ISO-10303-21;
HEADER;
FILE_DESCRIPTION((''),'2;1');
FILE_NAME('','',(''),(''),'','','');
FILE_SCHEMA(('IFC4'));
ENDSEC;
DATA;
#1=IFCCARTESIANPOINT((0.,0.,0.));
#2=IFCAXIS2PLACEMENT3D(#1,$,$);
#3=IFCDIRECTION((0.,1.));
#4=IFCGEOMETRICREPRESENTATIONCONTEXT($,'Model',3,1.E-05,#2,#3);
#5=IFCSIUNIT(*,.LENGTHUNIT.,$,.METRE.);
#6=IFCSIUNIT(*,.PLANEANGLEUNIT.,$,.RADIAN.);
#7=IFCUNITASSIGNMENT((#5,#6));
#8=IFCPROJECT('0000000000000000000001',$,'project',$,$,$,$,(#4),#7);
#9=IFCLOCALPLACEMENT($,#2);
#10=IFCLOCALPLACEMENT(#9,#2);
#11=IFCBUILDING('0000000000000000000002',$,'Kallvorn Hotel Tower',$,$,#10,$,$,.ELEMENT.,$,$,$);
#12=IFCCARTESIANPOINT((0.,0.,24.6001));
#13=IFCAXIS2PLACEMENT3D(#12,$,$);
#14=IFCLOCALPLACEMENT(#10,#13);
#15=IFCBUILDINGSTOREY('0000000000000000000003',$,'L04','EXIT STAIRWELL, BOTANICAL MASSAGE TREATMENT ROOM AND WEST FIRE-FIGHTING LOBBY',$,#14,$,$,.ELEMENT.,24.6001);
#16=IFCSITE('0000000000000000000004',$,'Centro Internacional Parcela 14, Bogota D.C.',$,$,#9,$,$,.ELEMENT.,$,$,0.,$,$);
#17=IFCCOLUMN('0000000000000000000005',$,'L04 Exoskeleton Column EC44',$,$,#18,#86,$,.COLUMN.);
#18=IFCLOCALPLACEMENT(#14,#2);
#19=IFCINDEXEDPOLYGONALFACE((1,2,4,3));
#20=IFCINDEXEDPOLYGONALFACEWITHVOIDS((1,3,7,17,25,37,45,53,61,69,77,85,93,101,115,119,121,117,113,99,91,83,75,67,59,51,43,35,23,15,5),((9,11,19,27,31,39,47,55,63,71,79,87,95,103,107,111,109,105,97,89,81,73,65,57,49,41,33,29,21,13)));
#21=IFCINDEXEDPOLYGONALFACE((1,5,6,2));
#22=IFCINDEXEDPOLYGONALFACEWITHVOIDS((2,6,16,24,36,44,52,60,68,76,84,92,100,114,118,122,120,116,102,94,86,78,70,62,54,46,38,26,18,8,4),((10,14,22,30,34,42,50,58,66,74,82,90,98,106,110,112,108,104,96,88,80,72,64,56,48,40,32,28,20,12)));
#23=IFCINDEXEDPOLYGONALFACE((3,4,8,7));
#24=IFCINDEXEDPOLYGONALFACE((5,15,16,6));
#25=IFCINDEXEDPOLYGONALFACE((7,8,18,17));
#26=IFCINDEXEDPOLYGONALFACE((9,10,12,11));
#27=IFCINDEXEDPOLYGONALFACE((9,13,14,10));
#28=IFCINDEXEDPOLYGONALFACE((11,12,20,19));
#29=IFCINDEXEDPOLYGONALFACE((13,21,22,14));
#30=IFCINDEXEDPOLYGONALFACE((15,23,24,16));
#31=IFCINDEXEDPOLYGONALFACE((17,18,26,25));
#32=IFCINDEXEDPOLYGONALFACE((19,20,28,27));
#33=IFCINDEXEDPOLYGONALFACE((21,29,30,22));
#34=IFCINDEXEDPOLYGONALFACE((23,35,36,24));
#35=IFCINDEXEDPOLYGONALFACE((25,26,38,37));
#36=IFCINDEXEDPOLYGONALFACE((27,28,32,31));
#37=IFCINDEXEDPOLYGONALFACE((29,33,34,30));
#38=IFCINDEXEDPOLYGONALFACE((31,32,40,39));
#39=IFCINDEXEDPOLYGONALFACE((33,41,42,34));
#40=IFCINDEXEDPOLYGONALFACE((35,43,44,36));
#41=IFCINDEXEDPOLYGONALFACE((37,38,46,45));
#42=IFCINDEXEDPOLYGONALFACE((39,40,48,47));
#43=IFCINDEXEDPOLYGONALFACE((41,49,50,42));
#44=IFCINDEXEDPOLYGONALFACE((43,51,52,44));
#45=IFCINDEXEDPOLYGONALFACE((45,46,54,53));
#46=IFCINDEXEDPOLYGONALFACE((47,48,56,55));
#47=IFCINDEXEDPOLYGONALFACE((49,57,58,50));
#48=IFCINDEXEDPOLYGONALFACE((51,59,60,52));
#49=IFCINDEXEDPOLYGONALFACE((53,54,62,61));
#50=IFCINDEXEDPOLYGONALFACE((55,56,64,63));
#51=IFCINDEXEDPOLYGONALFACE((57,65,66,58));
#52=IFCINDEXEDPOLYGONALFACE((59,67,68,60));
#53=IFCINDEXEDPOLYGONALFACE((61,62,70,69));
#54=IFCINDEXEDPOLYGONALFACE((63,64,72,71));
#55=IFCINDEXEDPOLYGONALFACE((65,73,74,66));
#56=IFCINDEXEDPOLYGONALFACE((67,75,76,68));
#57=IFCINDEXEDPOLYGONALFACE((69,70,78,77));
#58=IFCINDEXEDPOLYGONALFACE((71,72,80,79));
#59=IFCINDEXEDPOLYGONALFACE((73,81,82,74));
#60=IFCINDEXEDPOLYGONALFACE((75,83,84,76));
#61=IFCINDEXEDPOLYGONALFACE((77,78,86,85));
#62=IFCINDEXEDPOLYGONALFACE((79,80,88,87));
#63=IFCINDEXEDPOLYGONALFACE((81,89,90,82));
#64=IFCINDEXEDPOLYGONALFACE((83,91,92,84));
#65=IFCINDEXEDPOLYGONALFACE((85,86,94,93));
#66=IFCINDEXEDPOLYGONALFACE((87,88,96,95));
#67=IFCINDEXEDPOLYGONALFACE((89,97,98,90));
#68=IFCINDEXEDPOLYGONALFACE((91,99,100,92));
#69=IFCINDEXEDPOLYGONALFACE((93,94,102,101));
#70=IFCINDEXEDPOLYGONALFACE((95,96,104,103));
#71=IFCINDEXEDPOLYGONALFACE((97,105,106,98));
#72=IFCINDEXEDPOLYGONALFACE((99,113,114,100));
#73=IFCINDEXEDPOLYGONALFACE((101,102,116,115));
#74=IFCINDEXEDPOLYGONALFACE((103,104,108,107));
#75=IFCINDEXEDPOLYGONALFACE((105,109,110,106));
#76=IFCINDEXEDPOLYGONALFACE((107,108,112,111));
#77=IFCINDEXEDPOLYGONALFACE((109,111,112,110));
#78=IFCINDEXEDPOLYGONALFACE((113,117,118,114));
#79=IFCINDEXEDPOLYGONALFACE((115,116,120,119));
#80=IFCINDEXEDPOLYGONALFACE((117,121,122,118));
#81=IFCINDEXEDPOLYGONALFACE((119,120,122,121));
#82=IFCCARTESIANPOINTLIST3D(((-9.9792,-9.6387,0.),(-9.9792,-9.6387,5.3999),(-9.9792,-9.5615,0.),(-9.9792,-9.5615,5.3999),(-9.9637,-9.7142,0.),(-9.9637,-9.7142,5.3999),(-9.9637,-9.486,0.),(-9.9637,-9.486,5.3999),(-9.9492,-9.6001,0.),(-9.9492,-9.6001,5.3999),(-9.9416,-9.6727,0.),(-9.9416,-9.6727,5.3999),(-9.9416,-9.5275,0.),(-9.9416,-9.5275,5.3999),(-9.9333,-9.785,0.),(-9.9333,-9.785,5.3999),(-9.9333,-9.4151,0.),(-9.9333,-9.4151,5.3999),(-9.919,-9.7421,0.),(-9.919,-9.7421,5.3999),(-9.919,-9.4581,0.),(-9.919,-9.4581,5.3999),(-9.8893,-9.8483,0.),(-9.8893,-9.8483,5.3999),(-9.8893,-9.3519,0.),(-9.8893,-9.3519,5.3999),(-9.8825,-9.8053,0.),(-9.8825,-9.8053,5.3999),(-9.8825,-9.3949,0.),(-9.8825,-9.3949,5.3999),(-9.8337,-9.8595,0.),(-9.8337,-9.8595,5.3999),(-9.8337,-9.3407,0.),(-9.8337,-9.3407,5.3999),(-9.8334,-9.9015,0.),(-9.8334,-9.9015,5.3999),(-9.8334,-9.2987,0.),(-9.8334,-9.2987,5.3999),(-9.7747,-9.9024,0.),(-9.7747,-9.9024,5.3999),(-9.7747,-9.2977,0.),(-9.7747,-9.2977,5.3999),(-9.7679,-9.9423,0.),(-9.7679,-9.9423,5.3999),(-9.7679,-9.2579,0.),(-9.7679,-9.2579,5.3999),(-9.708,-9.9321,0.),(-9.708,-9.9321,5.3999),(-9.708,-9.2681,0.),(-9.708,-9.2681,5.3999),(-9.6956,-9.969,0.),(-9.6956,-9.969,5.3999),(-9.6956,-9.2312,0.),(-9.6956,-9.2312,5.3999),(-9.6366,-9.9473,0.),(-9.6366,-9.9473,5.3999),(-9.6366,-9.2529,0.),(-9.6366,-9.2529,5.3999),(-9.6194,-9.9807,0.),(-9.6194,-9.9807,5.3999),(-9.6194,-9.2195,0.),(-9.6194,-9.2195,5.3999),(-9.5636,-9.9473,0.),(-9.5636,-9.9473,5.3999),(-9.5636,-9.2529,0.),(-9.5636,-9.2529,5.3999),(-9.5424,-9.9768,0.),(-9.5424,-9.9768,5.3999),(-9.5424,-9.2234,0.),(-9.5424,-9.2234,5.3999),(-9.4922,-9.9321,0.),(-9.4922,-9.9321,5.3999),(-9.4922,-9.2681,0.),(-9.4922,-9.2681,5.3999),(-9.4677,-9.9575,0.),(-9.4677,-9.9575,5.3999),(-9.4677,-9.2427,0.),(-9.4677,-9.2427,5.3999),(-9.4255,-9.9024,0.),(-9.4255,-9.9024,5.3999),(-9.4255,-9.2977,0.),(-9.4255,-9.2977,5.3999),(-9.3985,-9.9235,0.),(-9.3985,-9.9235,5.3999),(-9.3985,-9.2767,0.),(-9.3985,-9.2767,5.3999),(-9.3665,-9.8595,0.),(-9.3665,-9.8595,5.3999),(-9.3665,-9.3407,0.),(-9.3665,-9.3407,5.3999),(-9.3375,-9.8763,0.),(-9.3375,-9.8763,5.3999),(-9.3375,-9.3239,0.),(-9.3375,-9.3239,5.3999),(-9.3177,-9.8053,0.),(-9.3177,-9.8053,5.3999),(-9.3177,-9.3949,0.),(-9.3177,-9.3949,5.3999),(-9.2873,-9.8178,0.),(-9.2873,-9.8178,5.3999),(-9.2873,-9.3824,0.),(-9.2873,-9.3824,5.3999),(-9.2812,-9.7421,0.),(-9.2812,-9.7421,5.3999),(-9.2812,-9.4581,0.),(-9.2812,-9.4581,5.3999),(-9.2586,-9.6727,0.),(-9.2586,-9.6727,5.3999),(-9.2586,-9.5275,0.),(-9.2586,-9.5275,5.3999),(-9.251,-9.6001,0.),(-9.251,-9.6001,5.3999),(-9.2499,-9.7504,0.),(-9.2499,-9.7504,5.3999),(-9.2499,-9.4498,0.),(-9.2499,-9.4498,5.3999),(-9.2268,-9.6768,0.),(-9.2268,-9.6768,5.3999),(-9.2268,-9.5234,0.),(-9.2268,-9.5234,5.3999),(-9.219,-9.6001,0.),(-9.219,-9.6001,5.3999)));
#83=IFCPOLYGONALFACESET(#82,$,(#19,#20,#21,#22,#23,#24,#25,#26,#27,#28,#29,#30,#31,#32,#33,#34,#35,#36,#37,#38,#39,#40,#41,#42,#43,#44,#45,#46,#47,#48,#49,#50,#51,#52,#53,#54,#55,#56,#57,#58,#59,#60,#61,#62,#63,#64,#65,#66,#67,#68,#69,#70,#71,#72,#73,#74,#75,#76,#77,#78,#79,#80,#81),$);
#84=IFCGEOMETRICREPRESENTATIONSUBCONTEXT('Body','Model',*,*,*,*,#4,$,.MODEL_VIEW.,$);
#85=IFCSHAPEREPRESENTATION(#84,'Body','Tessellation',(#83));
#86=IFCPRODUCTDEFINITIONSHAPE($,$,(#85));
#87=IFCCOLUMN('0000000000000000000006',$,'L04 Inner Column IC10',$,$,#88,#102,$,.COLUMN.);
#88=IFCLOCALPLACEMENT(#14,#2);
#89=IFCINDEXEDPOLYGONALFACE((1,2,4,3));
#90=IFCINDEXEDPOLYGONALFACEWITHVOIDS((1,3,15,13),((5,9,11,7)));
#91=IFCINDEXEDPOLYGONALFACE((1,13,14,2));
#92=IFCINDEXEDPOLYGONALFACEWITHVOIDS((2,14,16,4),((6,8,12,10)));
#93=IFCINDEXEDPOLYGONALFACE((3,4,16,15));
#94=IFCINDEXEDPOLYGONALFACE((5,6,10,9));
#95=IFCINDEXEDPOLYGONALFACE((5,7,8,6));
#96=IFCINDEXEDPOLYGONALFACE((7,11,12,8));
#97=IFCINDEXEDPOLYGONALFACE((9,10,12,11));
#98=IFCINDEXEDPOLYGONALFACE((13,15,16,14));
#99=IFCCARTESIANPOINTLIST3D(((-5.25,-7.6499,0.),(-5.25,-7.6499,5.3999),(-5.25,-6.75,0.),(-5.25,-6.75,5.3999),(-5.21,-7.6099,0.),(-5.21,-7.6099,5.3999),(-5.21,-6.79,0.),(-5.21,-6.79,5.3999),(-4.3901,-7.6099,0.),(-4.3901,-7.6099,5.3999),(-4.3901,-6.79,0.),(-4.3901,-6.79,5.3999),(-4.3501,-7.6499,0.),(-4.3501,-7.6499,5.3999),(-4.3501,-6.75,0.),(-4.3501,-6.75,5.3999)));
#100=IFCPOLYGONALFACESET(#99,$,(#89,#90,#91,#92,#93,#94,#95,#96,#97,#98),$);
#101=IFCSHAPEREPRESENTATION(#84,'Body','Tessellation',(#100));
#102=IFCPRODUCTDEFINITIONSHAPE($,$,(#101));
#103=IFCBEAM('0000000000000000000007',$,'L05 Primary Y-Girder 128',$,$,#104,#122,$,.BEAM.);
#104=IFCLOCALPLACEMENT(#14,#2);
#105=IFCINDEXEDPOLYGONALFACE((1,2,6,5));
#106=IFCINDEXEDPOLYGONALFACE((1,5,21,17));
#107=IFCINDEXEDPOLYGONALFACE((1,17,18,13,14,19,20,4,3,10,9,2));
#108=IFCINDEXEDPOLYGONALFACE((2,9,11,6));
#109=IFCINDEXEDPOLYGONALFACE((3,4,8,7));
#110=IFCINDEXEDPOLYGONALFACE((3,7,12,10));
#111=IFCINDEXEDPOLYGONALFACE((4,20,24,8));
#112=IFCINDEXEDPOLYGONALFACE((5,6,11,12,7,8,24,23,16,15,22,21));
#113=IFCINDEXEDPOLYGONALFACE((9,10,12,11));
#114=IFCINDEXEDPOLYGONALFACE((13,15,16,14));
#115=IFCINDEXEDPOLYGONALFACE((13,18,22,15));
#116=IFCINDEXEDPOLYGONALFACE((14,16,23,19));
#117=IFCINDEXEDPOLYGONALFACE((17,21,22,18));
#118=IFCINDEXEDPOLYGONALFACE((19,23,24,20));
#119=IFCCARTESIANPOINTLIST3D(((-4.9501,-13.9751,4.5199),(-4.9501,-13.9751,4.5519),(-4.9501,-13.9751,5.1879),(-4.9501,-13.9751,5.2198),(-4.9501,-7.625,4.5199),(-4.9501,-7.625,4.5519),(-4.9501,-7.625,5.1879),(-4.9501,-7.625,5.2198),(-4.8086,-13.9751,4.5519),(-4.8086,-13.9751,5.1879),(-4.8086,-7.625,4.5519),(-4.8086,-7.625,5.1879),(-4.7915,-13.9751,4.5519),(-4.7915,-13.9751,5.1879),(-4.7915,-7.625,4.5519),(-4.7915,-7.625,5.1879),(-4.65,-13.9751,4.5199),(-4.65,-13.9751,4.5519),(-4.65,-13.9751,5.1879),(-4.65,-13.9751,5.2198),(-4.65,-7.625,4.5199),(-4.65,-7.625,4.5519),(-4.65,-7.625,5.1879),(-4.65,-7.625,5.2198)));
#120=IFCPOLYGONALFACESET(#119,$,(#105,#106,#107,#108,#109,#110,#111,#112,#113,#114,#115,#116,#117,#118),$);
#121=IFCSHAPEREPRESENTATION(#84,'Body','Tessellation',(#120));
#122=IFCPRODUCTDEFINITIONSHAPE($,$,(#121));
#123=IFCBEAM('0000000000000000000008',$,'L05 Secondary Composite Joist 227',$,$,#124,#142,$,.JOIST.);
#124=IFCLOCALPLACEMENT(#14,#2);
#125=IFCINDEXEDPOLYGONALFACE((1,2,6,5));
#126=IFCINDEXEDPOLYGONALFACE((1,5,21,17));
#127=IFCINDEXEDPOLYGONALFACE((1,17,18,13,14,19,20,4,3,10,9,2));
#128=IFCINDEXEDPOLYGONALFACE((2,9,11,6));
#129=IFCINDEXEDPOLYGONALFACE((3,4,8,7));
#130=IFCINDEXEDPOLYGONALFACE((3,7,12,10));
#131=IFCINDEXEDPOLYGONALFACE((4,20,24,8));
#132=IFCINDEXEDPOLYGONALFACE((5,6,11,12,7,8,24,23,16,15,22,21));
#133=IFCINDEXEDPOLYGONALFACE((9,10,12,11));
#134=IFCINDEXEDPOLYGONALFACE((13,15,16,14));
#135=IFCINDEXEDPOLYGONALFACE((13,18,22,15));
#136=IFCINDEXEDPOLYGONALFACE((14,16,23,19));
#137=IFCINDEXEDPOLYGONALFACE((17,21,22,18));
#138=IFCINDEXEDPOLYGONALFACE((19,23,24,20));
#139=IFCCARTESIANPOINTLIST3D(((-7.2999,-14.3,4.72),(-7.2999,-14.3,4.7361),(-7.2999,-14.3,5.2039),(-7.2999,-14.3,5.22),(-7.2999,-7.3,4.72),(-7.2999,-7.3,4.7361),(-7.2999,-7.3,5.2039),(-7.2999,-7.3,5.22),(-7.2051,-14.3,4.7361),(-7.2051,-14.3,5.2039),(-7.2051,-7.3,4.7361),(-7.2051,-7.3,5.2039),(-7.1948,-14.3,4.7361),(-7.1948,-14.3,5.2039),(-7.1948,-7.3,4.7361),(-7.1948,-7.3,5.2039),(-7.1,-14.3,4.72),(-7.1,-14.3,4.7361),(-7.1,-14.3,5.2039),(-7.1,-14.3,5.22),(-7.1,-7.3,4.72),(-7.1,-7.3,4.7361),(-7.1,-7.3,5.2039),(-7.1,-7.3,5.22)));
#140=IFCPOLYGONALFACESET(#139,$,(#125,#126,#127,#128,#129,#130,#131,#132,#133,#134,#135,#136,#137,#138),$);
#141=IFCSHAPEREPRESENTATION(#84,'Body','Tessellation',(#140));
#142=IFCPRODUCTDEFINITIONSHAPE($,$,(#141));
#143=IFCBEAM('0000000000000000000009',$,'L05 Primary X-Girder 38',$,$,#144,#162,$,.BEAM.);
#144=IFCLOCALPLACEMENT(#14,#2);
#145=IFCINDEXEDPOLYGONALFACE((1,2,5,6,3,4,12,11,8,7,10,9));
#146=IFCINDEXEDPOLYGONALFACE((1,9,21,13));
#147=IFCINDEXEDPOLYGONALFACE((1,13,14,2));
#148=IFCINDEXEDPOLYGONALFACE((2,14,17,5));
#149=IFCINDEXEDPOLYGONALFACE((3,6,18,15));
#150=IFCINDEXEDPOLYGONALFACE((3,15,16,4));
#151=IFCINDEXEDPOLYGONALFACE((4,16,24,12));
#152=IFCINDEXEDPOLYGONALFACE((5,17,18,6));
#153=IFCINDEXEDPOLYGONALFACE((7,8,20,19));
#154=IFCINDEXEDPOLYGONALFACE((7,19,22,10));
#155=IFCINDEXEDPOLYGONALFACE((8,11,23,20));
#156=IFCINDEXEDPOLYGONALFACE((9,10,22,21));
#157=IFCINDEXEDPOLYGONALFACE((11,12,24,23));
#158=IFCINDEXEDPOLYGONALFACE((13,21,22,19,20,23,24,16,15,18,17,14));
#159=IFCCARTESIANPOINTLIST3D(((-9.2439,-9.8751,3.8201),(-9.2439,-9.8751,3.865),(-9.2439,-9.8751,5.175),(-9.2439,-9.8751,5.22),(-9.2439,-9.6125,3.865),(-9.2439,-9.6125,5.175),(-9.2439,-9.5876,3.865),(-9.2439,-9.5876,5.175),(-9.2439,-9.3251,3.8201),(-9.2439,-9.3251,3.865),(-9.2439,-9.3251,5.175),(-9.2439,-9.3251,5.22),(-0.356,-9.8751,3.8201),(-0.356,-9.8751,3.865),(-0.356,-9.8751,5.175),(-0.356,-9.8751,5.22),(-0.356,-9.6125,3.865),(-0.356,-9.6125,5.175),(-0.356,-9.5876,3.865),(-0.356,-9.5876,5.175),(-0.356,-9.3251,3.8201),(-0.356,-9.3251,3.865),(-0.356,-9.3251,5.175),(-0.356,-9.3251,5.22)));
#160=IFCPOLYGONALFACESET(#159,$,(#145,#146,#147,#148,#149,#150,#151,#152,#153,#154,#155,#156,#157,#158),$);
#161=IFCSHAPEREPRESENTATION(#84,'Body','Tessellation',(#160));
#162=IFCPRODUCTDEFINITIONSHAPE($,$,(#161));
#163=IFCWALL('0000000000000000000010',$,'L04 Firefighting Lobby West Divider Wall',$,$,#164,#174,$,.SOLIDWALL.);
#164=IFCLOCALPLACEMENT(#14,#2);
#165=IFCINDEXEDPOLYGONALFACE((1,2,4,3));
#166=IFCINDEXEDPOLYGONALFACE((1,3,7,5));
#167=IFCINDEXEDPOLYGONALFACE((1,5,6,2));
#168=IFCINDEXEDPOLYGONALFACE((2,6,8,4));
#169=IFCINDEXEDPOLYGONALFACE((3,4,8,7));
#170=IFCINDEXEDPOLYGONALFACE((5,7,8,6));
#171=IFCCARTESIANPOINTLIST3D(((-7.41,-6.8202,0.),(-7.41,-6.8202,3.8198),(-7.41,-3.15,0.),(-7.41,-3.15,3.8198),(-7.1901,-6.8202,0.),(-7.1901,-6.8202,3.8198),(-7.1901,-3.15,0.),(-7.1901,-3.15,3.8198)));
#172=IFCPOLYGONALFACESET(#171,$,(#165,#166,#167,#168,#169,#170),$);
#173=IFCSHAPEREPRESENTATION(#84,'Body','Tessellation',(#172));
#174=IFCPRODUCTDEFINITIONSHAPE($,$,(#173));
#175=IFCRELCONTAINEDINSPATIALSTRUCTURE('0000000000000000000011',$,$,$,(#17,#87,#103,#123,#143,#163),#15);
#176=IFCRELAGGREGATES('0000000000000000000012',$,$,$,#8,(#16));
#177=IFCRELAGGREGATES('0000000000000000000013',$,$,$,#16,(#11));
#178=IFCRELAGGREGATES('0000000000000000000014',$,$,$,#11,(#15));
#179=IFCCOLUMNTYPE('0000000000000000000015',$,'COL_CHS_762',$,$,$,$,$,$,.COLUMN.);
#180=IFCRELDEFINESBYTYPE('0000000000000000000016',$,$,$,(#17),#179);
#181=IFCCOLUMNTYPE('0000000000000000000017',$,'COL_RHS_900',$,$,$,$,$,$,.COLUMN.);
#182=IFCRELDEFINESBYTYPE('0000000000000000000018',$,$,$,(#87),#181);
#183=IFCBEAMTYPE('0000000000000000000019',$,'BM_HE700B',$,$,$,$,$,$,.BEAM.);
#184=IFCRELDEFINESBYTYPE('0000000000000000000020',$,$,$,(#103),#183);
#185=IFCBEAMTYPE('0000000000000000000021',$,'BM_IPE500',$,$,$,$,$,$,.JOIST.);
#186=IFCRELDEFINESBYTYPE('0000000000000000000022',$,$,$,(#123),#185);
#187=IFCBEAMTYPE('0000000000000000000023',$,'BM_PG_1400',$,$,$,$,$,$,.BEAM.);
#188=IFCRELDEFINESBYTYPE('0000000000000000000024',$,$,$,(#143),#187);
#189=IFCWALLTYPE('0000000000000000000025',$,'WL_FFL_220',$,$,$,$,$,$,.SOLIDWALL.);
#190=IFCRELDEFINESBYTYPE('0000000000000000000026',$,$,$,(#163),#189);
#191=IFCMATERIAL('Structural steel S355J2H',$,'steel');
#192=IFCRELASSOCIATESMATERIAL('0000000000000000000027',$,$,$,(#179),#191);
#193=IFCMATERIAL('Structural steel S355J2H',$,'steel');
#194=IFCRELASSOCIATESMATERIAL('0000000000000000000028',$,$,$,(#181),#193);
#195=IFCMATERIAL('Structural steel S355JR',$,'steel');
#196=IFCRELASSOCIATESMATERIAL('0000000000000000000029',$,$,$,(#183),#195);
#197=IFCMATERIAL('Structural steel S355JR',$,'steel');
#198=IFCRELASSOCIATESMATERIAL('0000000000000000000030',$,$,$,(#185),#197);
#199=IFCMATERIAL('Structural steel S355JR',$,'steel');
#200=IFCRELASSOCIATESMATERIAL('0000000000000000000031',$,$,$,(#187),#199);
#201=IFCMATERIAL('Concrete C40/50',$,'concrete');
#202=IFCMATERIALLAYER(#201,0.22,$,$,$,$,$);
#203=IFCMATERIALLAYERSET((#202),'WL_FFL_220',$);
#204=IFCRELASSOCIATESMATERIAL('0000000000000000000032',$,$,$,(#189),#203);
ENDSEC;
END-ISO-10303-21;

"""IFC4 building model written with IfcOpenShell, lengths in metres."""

from ifc_helpers import new_model, si_unit, direction, frame, frame_2d, origin, origin_2d, place, context, subcontext, project, spatial, rectangle, hollow_rectangle, hollow_circle, i_section, extrude, material, layer, layer_set, material_profile, profile_set, type_object, element, save


model = new_model("IFC4")

# Units and contexts
model_context = context("Model", 3, precision=1e-05, world=origin(), true_north=direction((0.0, 1.0)))
body_context = subcontext(model_context, "Body", "Model", "MODEL_VIEW")
ifc_project = project(units=[si_unit("LENGTHUNIT", "METRE"), si_unit("PLANEANGLEUNIT", "RADIAN")], contexts=[model_context])

# Site, building, storey
site_placement = place(None, origin())
site = spatial("IfcSite", under=ifc_project, at=site_placement, Name="Centro Internacional Parcela 14, Bogota D.C.", CompositionType="ELEMENT", RefElevation=0.0)
building_placement = place(site_placement, origin())
building = spatial("IfcBuilding", under=site, at=building_placement, Name="Kallvorn Hotel Tower", CompositionType="ELEMENT")
storey_placement = place(building_placement, frame((0.0, 0.0, 24.6001)))
storey = spatial("IfcBuildingStorey", under=building, at=storey_placement, Name="L04", Description="EXIT STAIRWELL, BOTANICAL MASSAGE TREATMENT ROOM AND WEST FIRE-FIGHTING LOBBY", CompositionType="ELEMENT", Elevation=24.6001)

# Columns
ifc_material_1 = material(Name="Structural steel S355J2H", Category="steel")
ifc_material_profile_1 = material_profile(ifc_material_1, hollow_circle(Radius=0.3811, WallThickness=0.032, at=origin_2d()), Name="CHS 762x32")
ifc_profile_set_1 = profile_set([ifc_material_profile_1], Name="Structural steel S355J2H")
column_type_1 = type_object("IfcColumnType", Name="COL_CHS_762", PredefinedType="COLUMN", material=ifc_profile_set_1)
column_1_placement = place(storey_placement, frame((-9.6001, -9.6001, 0.0), z_axis=(0.0, 0.0, 1.0), x_axis=(1.0, 0.0, 0.0)))
element("IfcColumn", 1, at=column_1_placement, inside=storey, type_object=column_type_1, Name="L04 Exoskeleton Column EC44", PredefinedType="COLUMN", context=body_context, shape_type="SweptSolid", body=[
    extrude(hollow_circle(Radius=0.3811, WallThickness=0.032, at=origin_2d()), origin(), (0.0, 0.0, 1.0), 5.3999),
])
ifc_material_2 = material(Name="Structural steel S355J2H", Category="steel")
ifc_material_profile_2 = material_profile(ifc_material_2, hollow_rectangle(XDim=0.8999, YDim=0.8999, WallThickness=0.04, at=origin_2d()), Name="RHS 900x900x40")
ifc_profile_set_2 = profile_set([ifc_material_profile_2], Name="Structural steel S355J2H")
column_type_2 = type_object("IfcColumnType", Name="COL_RHS_900", PredefinedType="COLUMN", material=ifc_profile_set_2)
column_2_placement = place(storey_placement, frame((-4.8, -7.2, 0.0), z_axis=(0.0, 0.0, 1.0), x_axis=(1.0, 0.0, 0.0)))
element("IfcColumn", 2, at=column_2_placement, inside=storey, type_object=column_type_2, Name="L04 Inner Column IC10", PredefinedType="COLUMN", context=body_context, shape_type="SweptSolid", body=[
    extrude(hollow_rectangle(XDim=0.8999, YDim=0.8999, WallThickness=0.04, at=origin_2d()), origin(), (0.0, 0.0, 1.0), 5.3999),
])

# Beams
ifc_material_3 = material(Name="Structural steel S355JR", Category="steel")
ifc_material_profile_3 = material_profile(ifc_material_3, i_section(OverallWidth=0.3, OverallDepth=0.7, WebThickness=0.0171, FlangeThickness=0.032, at=origin_2d()), Name="HE 700 B")
ifc_profile_set_3 = profile_set([ifc_material_profile_3], Name="Structural steel S355JR")
beam_type_1 = type_object("IfcBeamType", Name="BM_HE700B", PredefinedType="BEAM", material=ifc_profile_set_3)
beam_1_placement = place(storey_placement, frame((-4.8, -13.9751, 4.8699), z_axis=(0.0, 1.0, 0.0), x_axis=(-1.0, 0.0, 0.0)))
element("IfcBeam", 3, at=beam_1_placement, inside=storey, type_object=beam_type_1, Name="L05 Primary Y-Girder 128", PredefinedType="BEAM", context=body_context, shape_type="SweptSolid", body=[
    extrude(i_section(OverallWidth=0.3, OverallDepth=0.7, WebThickness=0.0171, FlangeThickness=0.032, at=origin_2d()), origin(), (0.0, 0.0, 1.0), 6.3501),
])
ifc_material_4 = material(Name="Structural steel S355JR", Category="steel")
ifc_material_profile_4 = material_profile(ifc_material_4, i_section(OverallWidth=0.2, OverallDepth=0.5, WebThickness=0.0103, FlangeThickness=0.0161, at=origin_2d()), Name="IPE 500")
ifc_profile_set_4 = profile_set([ifc_material_profile_4], Name="Structural steel S355JR")
beam_type_2 = type_object("IfcBeamType", Name="BM_IPE500", PredefinedType="JOIST", material=ifc_profile_set_4)
beam_2_placement = place(storey_placement, frame((-7.2, -14.3, 4.97), z_axis=(0.0, 1.0, 0.0), x_axis=(-1.0, 0.0, 0.0)))
element("IfcBeam", 4, at=beam_2_placement, inside=storey, type_object=beam_type_2, Name="L05 Secondary Composite Joist 227", PredefinedType="JOIST", context=body_context, shape_type="SweptSolid", body=[
    extrude(i_section(OverallWidth=0.2, OverallDepth=0.5, WebThickness=0.0103, FlangeThickness=0.0161, at=origin_2d()), origin(), (0.0, 0.0, 1.0), 7.0),
])
ifc_material_5 = material(Name="Structural steel S355JR", Category="steel")
ifc_material_profile_5 = material_profile(ifc_material_5, i_section(OverallWidth=0.55, OverallDepth=1.3999, WebThickness=0.0249, FlangeThickness=0.0449, at=origin_2d()), Name="PG 1400x550x25x45")
ifc_profile_set_5 = profile_set([ifc_material_profile_5], Name="Structural steel S355JR")
beam_type_3 = type_object("IfcBeamType", Name="BM_PG_1400", PredefinedType="BEAM", material=ifc_profile_set_5)
beam_3_placement = place(storey_placement, frame((-9.2439, -9.6001, 4.52), z_axis=(1.0, 0.0, 0.0), x_axis=(0.0, 1.0, 0.0)))
element("IfcBeam", 5, at=beam_3_placement, inside=storey, type_object=beam_type_3, Name="L05 Primary X-Girder 38", PredefinedType="BEAM", context=body_context, shape_type="SweptSolid", body=[
    extrude(i_section(OverallWidth=0.55, OverallDepth=1.3999, WebThickness=0.0249, FlangeThickness=0.0449, at=origin_2d()), origin(), (0.0, 0.0, 1.0), 8.8879),
])

# Wall
ifc_material_6 = material(Name="Concrete C40/50", Category="concrete")
ifc_layer_1 = layer(ifc_material_6, 0.22)
ifc_layer_set_1 = layer_set([ifc_layer_1], Name="WL_FFL_220")
wall_type_1 = type_object("IfcWallType", Name="WL_FFL_220", PredefinedType="SOLIDWALL", material=ifc_layer_set_1)
wall_1_placement = place(storey_placement, frame((-7.3, -6.8201, 0.0), z_axis=(0.0, 0.0, 1.0), x_axis=(0.0, 1.0, 0.0)))
element("IfcWall", 6, at=wall_1_placement, inside=storey, type_object=wall_type_1, Name="L04 Firefighting Lobby West Divider Wall", PredefinedType="SOLIDWALL", context=body_context, shape_type="SweptSolid", body=[
    extrude(rectangle(XDim=3.6702, YDim=0.22, at=frame_2d((1.835, 0.0))), origin(), (0.0, 0.0, 1.0), 3.8198),
])

save(model, "model.ifc")
